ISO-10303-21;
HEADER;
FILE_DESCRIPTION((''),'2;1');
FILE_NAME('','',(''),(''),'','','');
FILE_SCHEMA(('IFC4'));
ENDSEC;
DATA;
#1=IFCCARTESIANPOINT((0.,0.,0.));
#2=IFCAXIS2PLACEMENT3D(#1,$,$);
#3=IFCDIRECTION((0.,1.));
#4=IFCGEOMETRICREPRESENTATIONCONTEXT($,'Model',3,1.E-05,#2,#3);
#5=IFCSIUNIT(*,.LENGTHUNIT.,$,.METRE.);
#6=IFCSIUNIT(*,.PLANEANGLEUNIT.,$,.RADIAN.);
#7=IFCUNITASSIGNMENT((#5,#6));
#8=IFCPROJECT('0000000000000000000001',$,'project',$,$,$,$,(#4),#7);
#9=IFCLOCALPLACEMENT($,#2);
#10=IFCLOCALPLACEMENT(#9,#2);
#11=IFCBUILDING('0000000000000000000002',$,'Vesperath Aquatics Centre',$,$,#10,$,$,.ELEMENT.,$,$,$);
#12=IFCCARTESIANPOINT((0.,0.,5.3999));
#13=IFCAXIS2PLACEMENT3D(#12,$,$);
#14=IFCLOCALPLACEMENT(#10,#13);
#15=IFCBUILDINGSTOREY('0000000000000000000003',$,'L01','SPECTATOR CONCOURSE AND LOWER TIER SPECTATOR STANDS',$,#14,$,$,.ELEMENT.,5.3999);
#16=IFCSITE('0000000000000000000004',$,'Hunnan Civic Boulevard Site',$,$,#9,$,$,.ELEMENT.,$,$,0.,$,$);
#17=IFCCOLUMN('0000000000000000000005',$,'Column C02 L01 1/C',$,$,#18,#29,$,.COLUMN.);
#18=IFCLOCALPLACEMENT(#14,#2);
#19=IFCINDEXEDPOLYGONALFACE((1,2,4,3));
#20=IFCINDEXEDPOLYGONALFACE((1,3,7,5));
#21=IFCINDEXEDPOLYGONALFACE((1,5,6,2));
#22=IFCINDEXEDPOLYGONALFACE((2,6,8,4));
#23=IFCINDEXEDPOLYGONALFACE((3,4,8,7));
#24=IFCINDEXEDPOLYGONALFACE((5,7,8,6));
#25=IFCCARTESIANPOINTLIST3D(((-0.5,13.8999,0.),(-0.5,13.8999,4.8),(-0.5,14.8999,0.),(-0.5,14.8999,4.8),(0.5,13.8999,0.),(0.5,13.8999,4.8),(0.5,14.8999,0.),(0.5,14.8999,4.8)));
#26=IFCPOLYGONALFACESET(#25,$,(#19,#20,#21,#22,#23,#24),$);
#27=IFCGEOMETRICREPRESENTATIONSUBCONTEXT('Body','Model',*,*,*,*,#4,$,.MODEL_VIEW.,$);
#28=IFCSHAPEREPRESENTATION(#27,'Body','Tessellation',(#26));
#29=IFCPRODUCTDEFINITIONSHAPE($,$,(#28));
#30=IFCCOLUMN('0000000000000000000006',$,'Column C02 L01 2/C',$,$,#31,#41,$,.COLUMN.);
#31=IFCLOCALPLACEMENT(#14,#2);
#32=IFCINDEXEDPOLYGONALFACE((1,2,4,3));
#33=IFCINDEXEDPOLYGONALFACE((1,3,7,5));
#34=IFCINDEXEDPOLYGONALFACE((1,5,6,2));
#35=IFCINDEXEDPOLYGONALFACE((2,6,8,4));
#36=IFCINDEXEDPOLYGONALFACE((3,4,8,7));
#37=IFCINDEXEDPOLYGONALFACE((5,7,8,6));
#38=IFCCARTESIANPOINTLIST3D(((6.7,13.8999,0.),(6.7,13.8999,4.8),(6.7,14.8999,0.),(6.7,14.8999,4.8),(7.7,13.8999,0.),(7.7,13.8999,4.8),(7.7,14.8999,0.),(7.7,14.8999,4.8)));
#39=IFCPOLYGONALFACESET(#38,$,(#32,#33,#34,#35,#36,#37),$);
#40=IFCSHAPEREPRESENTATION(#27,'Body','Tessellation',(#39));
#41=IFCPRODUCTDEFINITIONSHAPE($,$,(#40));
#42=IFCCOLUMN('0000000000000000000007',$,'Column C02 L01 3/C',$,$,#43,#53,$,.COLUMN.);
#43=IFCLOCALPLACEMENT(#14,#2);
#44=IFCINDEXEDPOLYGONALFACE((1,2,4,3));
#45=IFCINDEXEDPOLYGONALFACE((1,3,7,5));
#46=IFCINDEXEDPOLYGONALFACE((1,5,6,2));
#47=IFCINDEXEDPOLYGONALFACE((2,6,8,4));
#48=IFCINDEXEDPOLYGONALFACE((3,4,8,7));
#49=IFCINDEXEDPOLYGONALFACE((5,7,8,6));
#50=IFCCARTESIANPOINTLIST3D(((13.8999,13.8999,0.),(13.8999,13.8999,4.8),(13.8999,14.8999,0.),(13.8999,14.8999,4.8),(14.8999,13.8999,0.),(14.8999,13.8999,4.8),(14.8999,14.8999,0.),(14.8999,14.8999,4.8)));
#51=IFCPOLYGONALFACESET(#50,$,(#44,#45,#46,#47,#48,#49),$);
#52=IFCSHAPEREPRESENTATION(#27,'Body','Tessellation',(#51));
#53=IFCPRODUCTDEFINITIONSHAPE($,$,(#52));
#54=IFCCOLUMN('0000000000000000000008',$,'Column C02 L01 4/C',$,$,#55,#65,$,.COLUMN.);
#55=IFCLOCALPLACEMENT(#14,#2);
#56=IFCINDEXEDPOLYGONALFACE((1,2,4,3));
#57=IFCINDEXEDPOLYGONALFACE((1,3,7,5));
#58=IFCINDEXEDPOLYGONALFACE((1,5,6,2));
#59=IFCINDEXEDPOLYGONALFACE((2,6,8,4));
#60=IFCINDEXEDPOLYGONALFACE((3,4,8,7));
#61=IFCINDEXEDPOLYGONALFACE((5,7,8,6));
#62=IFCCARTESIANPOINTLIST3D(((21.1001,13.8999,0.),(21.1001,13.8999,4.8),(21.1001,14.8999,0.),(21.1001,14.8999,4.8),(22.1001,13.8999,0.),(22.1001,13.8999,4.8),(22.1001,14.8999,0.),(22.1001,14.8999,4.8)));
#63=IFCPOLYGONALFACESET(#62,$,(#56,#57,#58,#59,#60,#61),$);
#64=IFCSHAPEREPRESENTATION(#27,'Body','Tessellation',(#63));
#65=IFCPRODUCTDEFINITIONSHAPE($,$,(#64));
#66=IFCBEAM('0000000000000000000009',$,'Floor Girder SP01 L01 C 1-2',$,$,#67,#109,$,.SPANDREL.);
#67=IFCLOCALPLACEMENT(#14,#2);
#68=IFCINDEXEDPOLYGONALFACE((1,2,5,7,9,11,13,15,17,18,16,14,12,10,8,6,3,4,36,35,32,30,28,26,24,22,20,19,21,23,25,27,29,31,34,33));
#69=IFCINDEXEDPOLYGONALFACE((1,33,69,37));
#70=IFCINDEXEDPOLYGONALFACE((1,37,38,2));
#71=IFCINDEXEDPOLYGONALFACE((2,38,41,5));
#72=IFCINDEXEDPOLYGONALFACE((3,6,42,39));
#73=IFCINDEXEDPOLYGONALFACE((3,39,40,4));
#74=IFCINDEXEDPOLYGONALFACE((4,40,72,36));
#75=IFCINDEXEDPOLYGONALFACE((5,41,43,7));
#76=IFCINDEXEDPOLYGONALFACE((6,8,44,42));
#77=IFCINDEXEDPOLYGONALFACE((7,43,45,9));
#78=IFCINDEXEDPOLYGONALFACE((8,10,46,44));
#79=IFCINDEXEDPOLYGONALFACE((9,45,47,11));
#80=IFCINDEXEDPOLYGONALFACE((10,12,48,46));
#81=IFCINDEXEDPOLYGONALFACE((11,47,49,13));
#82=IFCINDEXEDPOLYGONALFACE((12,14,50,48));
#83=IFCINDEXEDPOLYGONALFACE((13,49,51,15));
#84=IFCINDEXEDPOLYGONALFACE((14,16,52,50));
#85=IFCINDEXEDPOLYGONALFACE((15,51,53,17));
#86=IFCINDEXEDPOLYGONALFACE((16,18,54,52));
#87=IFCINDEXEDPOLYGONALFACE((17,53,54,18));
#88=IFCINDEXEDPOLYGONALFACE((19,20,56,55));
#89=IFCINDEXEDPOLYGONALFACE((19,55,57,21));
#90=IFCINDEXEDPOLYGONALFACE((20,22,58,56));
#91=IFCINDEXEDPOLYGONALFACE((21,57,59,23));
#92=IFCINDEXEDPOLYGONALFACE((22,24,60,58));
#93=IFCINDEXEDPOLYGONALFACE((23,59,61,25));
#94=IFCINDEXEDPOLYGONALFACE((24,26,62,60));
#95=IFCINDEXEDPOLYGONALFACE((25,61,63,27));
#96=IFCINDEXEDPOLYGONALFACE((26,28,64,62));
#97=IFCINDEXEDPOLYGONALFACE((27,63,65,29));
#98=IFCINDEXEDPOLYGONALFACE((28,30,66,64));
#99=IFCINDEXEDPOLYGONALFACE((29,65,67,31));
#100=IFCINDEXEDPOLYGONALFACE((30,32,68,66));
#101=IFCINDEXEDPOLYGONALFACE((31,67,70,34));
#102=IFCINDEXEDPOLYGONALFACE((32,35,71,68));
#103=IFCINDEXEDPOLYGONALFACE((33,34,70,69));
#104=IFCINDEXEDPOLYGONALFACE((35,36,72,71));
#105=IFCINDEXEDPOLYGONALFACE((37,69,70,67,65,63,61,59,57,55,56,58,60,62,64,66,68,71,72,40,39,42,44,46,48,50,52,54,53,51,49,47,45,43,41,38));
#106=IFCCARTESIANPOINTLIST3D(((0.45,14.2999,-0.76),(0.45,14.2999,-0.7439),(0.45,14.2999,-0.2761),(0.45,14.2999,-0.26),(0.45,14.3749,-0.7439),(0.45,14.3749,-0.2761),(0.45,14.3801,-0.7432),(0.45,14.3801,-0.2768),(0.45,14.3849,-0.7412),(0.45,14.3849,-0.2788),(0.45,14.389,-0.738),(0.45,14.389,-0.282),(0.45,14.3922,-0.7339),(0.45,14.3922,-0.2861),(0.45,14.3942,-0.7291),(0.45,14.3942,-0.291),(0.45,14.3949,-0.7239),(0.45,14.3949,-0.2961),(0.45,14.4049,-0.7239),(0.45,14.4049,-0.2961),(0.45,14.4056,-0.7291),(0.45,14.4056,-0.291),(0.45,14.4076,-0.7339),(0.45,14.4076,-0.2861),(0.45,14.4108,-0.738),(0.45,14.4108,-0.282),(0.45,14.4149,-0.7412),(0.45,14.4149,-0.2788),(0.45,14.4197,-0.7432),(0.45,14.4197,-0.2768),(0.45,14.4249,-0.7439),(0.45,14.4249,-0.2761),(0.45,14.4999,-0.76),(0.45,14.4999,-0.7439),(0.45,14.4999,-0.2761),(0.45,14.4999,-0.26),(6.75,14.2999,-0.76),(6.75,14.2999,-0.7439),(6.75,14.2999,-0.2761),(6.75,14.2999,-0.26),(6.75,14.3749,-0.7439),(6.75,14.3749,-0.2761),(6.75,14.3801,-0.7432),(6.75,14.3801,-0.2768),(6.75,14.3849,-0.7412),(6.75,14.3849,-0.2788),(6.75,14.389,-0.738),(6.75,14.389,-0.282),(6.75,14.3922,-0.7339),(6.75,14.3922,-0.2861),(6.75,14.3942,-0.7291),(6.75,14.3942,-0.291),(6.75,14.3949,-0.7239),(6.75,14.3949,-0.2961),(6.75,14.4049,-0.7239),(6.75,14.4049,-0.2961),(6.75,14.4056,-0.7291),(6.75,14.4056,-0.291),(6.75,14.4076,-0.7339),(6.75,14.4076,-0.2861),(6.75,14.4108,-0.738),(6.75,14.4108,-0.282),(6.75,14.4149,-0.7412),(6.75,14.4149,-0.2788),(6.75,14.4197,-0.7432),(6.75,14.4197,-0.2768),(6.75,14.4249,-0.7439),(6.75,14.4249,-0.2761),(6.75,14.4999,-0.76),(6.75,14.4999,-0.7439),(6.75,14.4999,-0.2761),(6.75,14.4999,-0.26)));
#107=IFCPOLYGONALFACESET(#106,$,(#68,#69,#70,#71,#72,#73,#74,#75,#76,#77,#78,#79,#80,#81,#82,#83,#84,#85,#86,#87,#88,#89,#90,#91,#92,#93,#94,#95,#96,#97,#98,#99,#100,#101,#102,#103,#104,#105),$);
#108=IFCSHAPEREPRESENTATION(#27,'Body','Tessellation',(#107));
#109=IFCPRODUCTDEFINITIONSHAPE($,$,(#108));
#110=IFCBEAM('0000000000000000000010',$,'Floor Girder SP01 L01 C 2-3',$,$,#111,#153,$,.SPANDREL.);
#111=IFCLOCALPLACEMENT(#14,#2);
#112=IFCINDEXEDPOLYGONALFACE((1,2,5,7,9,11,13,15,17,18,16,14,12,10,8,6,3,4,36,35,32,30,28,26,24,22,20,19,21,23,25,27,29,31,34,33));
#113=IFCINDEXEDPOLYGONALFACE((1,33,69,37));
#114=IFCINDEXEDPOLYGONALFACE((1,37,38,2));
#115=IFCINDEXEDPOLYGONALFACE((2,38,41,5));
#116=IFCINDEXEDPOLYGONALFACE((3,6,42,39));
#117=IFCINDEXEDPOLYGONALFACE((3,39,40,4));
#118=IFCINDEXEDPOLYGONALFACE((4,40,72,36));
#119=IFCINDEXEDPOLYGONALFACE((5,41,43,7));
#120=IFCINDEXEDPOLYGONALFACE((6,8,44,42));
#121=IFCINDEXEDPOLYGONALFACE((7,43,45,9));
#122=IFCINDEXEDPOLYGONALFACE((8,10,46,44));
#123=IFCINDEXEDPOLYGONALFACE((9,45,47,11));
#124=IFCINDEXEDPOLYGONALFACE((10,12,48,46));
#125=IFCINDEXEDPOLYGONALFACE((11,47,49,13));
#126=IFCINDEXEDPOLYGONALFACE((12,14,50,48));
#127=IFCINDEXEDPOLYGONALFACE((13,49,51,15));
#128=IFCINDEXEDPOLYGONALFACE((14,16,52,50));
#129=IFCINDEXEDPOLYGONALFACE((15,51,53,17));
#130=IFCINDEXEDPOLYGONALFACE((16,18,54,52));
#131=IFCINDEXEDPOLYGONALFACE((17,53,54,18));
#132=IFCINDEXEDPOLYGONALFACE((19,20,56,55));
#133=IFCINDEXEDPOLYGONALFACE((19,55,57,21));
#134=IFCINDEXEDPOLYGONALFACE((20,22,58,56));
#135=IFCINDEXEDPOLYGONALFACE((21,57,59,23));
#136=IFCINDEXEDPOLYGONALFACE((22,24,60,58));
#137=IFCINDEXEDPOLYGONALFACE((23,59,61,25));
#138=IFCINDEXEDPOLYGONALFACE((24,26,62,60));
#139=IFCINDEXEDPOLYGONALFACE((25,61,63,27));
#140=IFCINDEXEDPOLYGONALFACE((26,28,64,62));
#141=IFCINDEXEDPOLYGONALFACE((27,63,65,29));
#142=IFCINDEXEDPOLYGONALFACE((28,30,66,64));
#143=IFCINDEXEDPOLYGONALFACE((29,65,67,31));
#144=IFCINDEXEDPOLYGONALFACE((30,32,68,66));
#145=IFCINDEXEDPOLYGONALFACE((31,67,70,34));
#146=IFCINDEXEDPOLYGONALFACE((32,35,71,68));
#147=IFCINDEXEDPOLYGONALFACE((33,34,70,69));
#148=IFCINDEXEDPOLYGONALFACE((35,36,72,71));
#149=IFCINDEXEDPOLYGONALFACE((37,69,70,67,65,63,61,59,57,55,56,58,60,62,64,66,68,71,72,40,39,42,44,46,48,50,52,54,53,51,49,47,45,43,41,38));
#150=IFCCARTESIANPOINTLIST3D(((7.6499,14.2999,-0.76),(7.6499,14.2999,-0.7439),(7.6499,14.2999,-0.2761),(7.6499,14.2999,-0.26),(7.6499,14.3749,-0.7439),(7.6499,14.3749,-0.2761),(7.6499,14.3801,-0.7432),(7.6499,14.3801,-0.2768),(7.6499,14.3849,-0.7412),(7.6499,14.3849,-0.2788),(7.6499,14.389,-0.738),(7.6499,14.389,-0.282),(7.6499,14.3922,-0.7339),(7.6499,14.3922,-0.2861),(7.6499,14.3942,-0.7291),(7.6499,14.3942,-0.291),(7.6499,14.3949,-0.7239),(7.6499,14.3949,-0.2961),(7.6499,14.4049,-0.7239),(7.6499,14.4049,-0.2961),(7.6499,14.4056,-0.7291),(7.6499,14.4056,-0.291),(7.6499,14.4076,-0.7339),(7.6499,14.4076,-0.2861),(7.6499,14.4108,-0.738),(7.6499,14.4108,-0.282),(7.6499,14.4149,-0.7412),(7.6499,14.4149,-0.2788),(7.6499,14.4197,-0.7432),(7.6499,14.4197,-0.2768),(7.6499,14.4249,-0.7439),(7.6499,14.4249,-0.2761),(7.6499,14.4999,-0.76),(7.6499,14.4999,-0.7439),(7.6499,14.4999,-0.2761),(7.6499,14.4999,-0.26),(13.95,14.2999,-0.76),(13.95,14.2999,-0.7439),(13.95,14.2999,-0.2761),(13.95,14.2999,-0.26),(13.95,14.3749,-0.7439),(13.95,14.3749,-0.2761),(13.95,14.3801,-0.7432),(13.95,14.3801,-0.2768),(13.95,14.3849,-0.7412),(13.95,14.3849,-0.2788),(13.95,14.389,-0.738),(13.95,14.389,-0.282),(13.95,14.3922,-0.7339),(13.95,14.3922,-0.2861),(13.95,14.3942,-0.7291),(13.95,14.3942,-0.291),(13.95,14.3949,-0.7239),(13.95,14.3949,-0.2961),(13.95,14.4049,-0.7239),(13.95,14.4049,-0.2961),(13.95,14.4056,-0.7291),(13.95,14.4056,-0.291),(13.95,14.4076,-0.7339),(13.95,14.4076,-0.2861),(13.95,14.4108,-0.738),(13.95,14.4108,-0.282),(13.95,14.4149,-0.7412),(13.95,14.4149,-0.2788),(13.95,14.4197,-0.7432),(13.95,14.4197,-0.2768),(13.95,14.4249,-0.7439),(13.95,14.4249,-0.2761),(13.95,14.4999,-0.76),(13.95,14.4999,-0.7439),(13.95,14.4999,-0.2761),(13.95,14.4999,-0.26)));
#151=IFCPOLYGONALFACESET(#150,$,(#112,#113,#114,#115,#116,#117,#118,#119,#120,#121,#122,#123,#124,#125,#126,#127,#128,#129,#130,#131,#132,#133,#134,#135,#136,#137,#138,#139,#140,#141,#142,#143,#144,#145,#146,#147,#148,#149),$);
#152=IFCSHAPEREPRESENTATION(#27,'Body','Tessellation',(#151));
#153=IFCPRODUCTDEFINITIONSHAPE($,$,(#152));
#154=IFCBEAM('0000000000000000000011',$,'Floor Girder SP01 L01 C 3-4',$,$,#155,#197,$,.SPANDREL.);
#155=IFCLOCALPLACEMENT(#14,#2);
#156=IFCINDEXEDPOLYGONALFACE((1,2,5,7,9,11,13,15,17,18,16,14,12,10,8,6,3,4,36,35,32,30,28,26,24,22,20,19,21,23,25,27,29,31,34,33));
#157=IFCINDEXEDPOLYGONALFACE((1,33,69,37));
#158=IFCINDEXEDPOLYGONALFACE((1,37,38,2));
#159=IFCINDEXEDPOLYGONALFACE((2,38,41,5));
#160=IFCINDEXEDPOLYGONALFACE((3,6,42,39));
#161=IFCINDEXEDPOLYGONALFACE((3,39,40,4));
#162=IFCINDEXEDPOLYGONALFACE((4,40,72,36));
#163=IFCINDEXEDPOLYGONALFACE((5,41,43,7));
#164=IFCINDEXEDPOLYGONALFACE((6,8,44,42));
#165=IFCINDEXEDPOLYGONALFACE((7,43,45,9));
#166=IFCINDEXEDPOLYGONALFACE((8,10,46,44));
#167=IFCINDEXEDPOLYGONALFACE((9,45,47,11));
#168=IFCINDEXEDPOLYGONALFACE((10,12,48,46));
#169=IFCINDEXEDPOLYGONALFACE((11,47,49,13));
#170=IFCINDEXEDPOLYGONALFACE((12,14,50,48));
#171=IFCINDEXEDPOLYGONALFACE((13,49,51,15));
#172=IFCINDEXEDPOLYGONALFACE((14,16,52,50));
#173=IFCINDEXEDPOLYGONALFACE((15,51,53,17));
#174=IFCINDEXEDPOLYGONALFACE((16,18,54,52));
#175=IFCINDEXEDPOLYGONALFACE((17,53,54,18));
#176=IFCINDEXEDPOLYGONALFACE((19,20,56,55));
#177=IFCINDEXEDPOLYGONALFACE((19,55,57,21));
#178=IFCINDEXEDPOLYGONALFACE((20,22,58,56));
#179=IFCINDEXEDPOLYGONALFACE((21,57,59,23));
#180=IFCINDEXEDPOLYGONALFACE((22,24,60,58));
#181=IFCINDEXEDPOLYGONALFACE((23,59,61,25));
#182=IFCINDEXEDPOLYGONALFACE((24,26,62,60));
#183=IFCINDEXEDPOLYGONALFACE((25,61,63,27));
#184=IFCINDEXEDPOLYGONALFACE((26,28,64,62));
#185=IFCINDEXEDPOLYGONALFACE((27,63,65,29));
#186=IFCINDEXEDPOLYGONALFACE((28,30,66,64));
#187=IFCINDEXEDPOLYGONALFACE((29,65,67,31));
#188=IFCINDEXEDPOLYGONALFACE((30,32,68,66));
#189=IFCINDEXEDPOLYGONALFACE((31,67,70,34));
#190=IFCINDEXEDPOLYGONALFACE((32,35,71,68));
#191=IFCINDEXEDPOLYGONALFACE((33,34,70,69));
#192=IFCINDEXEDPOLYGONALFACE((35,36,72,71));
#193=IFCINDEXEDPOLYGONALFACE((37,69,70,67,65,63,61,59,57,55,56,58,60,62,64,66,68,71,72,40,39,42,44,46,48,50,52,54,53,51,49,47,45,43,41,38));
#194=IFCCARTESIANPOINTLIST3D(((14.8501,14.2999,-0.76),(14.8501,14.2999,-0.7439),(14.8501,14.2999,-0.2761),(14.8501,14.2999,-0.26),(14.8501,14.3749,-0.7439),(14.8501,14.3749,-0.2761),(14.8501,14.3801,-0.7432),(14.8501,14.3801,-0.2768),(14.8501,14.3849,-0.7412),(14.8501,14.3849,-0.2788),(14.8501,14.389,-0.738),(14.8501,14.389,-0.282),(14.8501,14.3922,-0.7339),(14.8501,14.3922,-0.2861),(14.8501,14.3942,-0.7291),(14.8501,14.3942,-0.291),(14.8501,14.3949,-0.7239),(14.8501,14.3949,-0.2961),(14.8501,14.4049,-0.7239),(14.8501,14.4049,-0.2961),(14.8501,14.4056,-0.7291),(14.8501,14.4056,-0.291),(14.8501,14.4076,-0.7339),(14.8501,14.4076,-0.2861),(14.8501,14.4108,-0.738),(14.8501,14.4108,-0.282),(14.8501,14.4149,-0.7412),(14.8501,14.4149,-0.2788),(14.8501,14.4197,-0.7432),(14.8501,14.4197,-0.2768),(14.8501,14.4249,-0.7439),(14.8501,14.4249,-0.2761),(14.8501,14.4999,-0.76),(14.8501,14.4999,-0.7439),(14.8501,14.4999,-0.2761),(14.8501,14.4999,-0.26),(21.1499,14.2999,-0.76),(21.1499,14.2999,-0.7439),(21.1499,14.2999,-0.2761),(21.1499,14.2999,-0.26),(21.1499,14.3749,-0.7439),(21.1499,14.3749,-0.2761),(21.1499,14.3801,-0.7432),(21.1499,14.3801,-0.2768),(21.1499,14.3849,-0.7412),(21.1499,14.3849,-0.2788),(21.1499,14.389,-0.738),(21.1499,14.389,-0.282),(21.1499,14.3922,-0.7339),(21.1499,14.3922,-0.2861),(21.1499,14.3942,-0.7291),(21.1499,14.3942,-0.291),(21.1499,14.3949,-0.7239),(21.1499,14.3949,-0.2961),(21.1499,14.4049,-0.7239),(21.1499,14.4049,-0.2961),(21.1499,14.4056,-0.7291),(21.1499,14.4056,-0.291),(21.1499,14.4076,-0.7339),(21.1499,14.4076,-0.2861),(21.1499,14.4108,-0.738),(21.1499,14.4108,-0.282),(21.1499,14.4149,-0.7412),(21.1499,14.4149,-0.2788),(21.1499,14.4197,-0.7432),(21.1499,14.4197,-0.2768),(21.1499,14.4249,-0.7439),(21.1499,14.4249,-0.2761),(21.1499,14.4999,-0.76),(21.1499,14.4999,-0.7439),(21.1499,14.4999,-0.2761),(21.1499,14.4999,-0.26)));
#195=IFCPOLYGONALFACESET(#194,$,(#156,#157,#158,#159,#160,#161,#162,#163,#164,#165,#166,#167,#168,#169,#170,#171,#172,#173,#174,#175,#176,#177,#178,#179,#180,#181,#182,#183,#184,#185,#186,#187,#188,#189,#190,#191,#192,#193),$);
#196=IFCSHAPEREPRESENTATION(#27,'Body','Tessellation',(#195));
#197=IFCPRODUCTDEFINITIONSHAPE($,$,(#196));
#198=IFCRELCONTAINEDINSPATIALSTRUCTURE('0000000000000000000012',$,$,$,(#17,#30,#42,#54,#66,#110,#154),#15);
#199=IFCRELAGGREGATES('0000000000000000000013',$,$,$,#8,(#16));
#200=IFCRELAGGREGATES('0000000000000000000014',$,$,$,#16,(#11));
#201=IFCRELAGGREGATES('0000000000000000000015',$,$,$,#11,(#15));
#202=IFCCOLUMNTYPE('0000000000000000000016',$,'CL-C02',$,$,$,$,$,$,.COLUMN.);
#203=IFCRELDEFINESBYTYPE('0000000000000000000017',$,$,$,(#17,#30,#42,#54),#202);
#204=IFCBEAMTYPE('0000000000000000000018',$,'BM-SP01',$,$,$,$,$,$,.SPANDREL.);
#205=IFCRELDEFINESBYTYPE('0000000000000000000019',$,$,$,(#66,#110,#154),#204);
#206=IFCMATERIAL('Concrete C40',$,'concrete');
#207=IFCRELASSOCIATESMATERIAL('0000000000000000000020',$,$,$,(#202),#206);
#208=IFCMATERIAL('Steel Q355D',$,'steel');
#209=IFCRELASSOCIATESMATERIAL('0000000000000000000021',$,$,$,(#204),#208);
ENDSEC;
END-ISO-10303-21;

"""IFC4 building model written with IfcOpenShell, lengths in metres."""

from ifc_helpers import new_model, si_unit, direction, frame, origin, origin_2d, place, context, subcontext, project, spatial, rectangle, i_section, extrude, material, material_profile, profile_set, type_object, element, save


model = new_model("IFC4")

# Units and contexts
model_context = context("Model", 3, precision=1e-05, world=origin(), true_north=direction((0.0, 1.0)))
body_context = subcontext(model_context, "Body", "Model", "MODEL_VIEW")
ifc_project = project(units=[si_unit("LENGTHUNIT", "METRE"), si_unit("PLANEANGLEUNIT", "RADIAN")], contexts=[model_context])

# Site, building, storey
site_placement = place(None, origin())
site = spatial("IfcSite", under=ifc_project, at=site_placement, Name="Hunnan Civic Boulevard Site", CompositionType="ELEMENT", RefElevation=0.0)
building_placement = place(site_placement, origin())
building = spatial("IfcBuilding", under=site, at=building_placement, Name="Vesperath Aquatics Centre", CompositionType="ELEMENT")
storey_placement = place(building_placement, frame((0.0, 0.0, 5.3999)))
storey = spatial("IfcBuildingStorey", under=building, at=storey_placement, Name="L01", Description="SPECTATOR CONCOURSE AND LOWER TIER SPECTATOR STANDS", CompositionType="ELEMENT", Elevation=5.3999)

# Columns
ifc_material_1 = material(Name="Concrete C40", Category="concrete")
ifc_material_profile_1 = material_profile(ifc_material_1, rectangle(XDim=1.0, YDim=1.0, at=origin_2d()), Name="RC 1000x1000")
ifc_profile_set_1 = profile_set([ifc_material_profile_1], Name="Concrete C40")
column_type = type_object("IfcColumnType", Name="CL-C02", PredefinedType="COLUMN", material=ifc_profile_set_1)
for number, where, z_axis, x_axis, name in (
    (1, (0.0, 14.3999, 0.0), (0.0, 0.0, 1.0), (1.0, 0.0, 0.0), "Column C02 L01 1/C"),
    (2, (7.2, 14.3999, 0.0), (0.0, 0.0, 1.0), (1.0, 0.0, 0.0), "Column C02 L01 2/C"),
    (3, (14.3999, 14.3999, 0.0), (0.0, 0.0, 1.0), (1.0, 0.0, 0.0), "Column C02 L01 3/C"),
    (4, (21.6001, 14.3999, 0.0), (0.0, 0.0, 1.0), (1.0, 0.0, 0.0), "Column C02 L01 4/C"),
):
    element("IfcColumn", number, at=place(storey_placement, frame(where, z_axis=z_axis, x_axis=x_axis)), inside=storey, type_object=column_type, Name=name, PredefinedType="COLUMN", context=body_context, shape_type="SweptSolid", body=[
        extrude(rectangle(XDim=1.0, YDim=1.0, at=origin_2d()), origin(), (0.0, 0.0, 1.0), 4.8),
    ])

# Beams
ifc_material_2 = material(Name="Steel Q355D", Category="steel")
ifc_material_profile_2 = material_profile(ifc_material_2, i_section(OverallWidth=0.2, OverallDepth=0.5, WebThickness=0.01, FlangeThickness=0.0161, FilletRadius=0.02, at=origin_2d()), Name="HN 500x200x10x16")
ifc_profile_set_2 = profile_set([ifc_material_profile_2], Name="Steel Q355D")
beam_type = type_object("IfcBeamType", Name="BM-SP01", PredefinedType="SPANDREL", material=ifc_profile_set_2)
for number, where, z_axis, x_axis, name in (
    (5, (0.45, 14.3999, -0.51), (1.0, 0.0, 0.0), (0.0, 1.0, 0.0), "Floor Girder SP01 L01 C 1-2"),
    (6, (7.6499, 14.3999, -0.51), (1.0, 0.0, 0.0), (0.0, 1.0, 0.0), "Floor Girder SP01 L01 C 2-3"),
):
    element("IfcBeam", number, at=place(storey_placement, frame(where, z_axis=z_axis, x_axis=x_axis)), inside=storey, type_object=beam_type, Name=name, PredefinedType="SPANDREL", context=body_context, shape_type="SweptSolid", body=[
        extrude(i_section(OverallWidth=0.2, OverallDepth=0.5, WebThickness=0.01, FlangeThickness=0.0161, FilletRadius=0.02, at=origin_2d()), origin(), (0.0, 0.0, 1.0), 6.3),
    ])
beam_placement = place(storey_placement, frame((14.8501, 14.3999, -0.51), z_axis=(1.0, 0.0, 0.0), x_axis=(0.0, 1.0, 0.0)))
element("IfcBeam", 7, at=beam_placement, inside=storey, type_object=beam_type, Name="Floor Girder SP01 L01 C 3-4", PredefinedType="SPANDREL", context=body_context, shape_type="SweptSolid", body=[
    extrude(i_section(OverallWidth=0.2, OverallDepth=0.5, WebThickness=0.01, FlangeThickness=0.0161, FilletRadius=0.02, at=origin_2d()), origin(), (0.0, 0.0, 1.0), 6.2998),
])

save(model, "model.ifc")
